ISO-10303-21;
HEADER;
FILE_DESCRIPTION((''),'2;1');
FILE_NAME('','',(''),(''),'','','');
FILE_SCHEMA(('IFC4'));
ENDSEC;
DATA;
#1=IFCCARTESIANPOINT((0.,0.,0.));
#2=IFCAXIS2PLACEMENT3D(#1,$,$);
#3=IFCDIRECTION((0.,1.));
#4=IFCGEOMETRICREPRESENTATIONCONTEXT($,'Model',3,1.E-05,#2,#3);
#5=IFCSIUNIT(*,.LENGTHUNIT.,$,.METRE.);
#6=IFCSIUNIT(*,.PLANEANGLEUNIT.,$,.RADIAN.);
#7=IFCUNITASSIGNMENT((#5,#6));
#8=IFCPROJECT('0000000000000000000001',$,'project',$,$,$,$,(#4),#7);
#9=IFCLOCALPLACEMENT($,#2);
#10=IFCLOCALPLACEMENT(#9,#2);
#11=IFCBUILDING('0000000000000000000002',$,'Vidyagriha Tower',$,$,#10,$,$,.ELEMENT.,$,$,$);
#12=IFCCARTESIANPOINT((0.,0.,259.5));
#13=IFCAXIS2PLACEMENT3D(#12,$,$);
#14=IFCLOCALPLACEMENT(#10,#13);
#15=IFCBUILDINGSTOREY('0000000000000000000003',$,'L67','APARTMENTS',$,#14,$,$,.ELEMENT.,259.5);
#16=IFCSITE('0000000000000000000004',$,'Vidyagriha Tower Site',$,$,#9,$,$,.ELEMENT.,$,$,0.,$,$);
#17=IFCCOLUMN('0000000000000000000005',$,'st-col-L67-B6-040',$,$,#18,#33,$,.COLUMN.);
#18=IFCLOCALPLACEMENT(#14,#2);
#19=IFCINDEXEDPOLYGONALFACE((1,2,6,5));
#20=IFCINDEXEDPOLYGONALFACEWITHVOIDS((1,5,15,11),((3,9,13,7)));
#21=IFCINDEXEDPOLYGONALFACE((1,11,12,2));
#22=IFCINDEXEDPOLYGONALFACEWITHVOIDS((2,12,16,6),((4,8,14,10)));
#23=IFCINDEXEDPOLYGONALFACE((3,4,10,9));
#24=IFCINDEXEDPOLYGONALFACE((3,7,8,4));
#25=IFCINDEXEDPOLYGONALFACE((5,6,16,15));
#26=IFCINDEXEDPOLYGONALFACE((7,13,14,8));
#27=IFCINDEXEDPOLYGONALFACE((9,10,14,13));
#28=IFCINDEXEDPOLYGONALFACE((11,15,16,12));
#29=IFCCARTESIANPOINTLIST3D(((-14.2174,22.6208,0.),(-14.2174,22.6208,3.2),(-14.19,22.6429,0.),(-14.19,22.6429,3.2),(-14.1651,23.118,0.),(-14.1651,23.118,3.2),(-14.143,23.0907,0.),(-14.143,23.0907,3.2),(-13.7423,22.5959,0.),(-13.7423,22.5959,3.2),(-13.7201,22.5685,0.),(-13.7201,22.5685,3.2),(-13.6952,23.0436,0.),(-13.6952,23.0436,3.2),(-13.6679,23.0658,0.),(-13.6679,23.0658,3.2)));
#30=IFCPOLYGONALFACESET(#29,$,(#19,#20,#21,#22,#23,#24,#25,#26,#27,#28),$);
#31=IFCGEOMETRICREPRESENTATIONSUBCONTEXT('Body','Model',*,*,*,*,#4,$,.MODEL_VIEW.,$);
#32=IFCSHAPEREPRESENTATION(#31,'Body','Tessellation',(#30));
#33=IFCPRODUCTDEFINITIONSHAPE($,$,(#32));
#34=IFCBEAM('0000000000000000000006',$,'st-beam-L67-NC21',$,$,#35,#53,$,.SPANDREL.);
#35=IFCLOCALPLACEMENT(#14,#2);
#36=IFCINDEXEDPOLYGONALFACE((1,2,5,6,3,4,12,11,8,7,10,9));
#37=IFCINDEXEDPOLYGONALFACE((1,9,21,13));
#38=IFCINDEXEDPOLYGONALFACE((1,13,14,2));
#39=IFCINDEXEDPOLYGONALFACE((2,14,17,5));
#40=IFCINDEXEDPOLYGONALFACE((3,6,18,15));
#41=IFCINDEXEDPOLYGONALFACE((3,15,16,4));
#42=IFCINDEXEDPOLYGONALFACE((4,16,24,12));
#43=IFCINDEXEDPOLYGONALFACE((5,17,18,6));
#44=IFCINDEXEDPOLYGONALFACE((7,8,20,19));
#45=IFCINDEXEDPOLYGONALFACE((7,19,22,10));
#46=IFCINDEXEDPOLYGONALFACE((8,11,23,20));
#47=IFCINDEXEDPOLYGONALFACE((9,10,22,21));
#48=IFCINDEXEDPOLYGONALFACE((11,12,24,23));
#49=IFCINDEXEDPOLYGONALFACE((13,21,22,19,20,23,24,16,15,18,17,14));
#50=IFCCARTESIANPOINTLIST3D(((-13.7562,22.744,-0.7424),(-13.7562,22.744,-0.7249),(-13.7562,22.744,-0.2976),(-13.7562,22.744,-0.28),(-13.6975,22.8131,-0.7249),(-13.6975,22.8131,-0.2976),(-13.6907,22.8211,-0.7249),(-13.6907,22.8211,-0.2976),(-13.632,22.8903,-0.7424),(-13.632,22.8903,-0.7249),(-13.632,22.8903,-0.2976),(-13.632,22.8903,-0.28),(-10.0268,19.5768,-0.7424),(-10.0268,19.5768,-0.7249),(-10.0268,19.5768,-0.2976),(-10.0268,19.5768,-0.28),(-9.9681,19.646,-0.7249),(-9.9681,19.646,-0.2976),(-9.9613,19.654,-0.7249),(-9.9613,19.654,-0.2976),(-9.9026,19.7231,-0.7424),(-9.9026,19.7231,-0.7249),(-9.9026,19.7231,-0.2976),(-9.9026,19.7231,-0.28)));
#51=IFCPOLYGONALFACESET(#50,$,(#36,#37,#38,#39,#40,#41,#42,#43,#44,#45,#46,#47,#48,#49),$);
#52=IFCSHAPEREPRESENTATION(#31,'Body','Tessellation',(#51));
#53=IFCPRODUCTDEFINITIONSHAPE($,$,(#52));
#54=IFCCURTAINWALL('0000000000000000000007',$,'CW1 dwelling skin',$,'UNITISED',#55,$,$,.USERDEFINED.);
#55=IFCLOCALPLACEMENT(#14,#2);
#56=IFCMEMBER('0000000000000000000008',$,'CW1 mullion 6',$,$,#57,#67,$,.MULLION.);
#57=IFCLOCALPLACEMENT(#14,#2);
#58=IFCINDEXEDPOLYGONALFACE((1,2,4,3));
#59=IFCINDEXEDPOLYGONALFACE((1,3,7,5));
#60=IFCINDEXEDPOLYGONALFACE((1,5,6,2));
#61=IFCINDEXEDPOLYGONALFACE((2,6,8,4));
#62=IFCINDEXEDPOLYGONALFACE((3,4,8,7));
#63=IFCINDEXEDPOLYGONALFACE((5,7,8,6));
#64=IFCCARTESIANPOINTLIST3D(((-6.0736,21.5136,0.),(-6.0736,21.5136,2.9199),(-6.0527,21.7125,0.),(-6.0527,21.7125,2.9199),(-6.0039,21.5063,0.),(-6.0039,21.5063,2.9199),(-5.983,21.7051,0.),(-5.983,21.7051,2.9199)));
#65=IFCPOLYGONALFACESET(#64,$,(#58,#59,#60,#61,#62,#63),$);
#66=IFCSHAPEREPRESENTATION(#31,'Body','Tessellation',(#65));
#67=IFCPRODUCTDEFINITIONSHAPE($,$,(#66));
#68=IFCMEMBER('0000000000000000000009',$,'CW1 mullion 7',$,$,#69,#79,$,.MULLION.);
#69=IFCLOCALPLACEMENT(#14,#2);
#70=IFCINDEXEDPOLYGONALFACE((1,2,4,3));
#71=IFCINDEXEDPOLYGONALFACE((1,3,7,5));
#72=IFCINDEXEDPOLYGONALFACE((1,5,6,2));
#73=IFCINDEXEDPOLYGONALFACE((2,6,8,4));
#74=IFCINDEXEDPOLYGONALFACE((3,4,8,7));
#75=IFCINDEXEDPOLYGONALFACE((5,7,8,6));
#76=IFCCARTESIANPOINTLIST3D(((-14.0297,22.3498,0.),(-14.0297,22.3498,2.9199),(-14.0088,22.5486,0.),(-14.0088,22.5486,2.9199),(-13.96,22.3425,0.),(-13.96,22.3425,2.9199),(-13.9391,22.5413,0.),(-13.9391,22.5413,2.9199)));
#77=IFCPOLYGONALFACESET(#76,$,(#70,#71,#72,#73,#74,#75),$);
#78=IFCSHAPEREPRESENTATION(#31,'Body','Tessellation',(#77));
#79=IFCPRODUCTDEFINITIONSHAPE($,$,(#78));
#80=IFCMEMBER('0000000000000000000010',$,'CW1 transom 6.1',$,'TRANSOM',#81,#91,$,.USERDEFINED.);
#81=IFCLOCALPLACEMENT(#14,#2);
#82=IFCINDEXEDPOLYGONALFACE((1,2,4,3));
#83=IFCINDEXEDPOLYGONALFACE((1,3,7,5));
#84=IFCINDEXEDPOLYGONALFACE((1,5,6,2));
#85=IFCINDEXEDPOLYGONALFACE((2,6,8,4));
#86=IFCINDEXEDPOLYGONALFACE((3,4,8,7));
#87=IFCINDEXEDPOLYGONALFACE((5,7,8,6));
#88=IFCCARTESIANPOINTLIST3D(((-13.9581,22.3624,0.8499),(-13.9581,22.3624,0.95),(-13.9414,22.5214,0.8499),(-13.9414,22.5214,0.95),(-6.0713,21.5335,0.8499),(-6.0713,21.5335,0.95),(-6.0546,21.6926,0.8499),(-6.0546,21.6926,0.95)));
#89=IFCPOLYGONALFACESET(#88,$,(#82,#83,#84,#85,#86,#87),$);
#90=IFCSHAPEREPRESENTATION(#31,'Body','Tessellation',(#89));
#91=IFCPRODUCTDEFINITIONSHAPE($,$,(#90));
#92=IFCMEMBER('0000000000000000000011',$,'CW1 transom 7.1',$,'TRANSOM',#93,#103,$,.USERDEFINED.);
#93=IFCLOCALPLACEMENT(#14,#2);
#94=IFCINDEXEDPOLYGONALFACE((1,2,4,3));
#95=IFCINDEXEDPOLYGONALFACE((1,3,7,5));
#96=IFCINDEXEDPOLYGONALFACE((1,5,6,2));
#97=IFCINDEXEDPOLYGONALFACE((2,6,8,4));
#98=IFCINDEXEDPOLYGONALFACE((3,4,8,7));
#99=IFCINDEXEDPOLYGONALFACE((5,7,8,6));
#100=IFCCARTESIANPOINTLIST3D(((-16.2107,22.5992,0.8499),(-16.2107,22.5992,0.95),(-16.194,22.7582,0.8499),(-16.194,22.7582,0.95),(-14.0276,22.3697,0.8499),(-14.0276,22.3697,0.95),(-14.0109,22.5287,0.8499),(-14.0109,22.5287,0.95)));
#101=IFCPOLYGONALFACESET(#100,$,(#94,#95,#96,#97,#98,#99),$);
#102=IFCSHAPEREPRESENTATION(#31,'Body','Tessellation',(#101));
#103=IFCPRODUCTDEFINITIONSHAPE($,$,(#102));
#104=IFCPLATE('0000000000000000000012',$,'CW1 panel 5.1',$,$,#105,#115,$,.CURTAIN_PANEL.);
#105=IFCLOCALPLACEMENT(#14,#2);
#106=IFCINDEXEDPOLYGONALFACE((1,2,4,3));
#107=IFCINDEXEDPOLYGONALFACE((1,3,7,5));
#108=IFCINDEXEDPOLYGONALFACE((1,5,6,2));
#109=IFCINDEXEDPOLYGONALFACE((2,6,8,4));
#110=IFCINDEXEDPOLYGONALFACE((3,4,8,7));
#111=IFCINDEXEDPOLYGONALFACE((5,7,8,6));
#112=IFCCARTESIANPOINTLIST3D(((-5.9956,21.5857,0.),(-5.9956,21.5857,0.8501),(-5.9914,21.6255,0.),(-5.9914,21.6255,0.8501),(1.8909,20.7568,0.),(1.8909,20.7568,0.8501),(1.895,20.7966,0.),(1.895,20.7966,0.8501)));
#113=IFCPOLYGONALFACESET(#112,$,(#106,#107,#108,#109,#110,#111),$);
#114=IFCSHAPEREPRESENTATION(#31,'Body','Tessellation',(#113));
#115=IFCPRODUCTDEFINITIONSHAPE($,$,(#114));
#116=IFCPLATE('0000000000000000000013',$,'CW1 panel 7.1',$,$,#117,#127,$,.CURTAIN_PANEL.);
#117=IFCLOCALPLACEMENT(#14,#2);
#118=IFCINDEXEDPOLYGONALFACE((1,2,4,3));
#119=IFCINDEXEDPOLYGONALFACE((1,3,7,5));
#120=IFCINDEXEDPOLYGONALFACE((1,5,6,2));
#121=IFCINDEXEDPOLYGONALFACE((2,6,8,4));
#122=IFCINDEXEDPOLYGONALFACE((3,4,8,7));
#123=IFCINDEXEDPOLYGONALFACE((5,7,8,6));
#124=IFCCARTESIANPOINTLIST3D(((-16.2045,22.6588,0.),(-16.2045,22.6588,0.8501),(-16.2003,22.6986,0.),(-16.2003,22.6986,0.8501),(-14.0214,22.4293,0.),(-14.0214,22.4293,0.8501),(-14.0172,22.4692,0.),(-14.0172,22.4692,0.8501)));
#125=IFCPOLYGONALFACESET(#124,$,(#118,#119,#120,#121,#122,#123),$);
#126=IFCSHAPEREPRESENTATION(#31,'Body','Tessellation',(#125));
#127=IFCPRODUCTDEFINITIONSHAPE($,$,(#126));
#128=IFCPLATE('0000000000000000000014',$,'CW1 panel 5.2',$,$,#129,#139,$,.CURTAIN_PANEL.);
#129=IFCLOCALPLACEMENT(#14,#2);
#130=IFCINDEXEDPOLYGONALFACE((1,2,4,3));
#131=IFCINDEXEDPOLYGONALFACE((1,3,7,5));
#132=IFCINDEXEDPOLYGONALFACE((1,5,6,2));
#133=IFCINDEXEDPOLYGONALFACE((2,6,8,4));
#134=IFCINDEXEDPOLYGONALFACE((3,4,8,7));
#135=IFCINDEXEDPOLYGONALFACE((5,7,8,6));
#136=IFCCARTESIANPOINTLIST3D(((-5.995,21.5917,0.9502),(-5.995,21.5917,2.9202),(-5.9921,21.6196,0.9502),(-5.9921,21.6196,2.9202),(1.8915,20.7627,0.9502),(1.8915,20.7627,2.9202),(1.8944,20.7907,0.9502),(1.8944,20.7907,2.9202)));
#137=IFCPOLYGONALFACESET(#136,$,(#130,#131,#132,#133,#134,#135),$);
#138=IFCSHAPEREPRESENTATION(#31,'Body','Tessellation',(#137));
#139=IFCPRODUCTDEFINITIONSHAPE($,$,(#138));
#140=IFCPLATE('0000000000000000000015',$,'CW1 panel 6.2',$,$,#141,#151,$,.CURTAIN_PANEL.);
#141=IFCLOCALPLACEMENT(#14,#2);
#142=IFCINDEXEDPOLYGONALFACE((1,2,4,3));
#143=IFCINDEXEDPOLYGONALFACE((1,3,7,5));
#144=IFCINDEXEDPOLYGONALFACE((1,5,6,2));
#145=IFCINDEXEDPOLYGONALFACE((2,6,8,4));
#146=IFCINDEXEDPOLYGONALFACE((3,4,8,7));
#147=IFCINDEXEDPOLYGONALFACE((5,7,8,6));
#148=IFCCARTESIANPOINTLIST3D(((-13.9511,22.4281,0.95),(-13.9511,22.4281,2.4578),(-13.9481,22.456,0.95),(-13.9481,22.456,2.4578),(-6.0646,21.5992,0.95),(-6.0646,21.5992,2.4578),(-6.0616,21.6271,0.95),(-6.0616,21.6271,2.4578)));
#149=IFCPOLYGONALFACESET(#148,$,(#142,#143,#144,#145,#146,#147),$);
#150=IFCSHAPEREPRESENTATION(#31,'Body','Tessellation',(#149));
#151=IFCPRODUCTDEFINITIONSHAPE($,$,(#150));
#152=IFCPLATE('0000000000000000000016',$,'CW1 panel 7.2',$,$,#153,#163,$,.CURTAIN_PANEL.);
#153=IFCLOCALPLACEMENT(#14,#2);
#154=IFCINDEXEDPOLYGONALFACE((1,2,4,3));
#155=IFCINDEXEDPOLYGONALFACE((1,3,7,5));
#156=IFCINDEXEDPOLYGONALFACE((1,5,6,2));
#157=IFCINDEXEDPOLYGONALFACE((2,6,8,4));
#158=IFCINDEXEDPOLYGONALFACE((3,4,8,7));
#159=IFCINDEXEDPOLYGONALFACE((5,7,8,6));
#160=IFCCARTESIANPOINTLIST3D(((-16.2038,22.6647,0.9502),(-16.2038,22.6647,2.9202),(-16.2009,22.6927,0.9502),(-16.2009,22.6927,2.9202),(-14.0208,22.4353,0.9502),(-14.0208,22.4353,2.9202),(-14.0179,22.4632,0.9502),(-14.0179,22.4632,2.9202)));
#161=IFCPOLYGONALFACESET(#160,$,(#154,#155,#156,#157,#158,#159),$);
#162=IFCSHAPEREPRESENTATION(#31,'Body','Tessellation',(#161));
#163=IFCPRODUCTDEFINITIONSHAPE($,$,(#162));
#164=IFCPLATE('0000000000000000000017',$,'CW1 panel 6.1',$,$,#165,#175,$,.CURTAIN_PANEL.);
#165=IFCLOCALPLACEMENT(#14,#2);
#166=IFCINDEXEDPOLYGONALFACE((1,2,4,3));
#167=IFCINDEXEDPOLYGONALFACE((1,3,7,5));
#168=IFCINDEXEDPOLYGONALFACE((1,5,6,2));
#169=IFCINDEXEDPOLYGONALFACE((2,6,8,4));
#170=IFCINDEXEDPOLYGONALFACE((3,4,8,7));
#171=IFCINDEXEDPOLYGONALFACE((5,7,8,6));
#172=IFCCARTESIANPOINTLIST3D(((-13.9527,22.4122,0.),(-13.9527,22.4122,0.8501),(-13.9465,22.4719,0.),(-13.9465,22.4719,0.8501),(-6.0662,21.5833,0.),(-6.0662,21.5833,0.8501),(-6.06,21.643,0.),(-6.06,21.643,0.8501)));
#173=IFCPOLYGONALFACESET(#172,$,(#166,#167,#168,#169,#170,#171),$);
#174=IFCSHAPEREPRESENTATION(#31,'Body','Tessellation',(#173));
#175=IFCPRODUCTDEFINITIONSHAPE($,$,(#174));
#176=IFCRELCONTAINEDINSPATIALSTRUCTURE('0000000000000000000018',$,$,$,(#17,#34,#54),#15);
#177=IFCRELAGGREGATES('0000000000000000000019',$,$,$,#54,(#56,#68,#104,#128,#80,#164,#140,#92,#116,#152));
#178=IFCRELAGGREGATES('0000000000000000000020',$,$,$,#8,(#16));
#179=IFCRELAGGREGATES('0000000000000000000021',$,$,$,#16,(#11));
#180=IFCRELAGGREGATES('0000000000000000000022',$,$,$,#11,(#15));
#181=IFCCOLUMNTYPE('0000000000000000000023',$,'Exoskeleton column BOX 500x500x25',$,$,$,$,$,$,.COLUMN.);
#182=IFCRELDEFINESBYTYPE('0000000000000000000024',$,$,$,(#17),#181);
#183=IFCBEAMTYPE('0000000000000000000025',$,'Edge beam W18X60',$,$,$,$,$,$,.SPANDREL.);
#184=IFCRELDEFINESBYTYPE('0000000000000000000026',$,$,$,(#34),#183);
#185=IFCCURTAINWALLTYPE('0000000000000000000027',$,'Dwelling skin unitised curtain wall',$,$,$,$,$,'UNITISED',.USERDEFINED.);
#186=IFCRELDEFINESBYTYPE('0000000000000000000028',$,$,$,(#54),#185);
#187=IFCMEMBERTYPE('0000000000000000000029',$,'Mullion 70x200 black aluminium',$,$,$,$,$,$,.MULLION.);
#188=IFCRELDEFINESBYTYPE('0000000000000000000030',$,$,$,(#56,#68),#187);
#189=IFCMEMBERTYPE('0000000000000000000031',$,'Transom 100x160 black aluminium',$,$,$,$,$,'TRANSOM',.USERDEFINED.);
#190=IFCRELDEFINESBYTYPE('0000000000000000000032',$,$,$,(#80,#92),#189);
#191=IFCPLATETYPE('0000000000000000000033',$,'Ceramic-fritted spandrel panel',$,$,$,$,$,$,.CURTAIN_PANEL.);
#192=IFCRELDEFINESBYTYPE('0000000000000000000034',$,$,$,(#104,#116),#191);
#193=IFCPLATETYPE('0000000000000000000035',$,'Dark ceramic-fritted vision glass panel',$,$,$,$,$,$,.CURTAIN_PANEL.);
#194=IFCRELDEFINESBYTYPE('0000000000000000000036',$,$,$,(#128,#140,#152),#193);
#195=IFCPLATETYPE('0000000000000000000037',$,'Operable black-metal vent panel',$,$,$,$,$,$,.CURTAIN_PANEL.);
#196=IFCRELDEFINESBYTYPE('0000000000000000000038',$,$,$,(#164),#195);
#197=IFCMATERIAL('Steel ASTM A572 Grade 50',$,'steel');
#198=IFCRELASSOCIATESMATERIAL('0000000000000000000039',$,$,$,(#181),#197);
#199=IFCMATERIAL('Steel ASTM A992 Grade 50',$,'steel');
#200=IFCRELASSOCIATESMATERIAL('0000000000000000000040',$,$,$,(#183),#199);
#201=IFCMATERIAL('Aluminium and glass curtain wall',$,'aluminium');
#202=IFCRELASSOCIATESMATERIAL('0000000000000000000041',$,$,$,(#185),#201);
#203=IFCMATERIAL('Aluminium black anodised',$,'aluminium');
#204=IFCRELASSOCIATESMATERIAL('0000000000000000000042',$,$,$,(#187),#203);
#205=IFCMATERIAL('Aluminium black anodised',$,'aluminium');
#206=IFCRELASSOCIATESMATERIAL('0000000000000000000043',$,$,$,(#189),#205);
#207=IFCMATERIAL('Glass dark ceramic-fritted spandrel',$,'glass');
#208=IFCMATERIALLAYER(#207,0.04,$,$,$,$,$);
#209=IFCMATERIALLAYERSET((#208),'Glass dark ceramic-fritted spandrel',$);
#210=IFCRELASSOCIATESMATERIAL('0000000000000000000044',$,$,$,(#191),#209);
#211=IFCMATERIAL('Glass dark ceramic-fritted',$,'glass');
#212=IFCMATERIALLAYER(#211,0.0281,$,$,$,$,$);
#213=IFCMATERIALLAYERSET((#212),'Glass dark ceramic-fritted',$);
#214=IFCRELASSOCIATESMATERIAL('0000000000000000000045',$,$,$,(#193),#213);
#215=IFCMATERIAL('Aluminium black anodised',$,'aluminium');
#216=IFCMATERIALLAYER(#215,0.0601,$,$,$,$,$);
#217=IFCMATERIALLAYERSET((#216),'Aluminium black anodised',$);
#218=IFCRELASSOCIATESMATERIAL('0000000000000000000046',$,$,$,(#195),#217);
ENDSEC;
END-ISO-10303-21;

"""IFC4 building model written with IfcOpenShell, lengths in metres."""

from ifc_helpers import new_model, si_unit, direction, frame, origin, origin_2d, place, context, subcontext, project, spatial, rectangle, hollow_rectangle, i_section, extrude, material, layer, layer_set, material_profile, profile_set, type_object, element, aggregate, save


model = new_model("IFC4")

# Units and contexts
model_context = context("Model", 3, precision=1e-05, world=origin(), true_north=direction((0.0, 1.0)))
body_context = subcontext(model_context, "Body", "Model", "MODEL_VIEW")
ifc_project = project(units=[si_unit("LENGTHUNIT", "METRE"), si_unit("PLANEANGLEUNIT", "RADIAN")], contexts=[model_context])

# Site, building, storey
site_placement = place(None, origin())
site = spatial("IfcSite", under=ifc_project, at=site_placement, Name="Vidyagriha Tower Site", CompositionType="ELEMENT", RefElevation=0.0)
building_placement = place(site_placement, origin())
building = spatial("IfcBuilding", under=site, at=building_placement, Name="Vidyagriha Tower", CompositionType="ELEMENT")
storey_placement = place(building_placement, frame((0.0, 0.0, 259.5)))
storey = spatial("IfcBuildingStorey", under=building, at=storey_placement, Name="L67", Description="APARTMENTS", CompositionType="ELEMENT", Elevation=259.5)

# Column
ifc_material_1 = material(Name="Steel ASTM A572 Grade 50", Category="steel")
ifc_material_profile_1 = material_profile(ifc_material_1, hollow_rectangle(XDim=0.5, YDim=0.5, WallThickness=0.0249, at=origin_2d()), Name="BOX 500x500x25")
ifc_profile_set_1 = profile_set([ifc_material_profile_1], Name="Steel ASTM A572 Grade 50")
column_type = type_object("IfcColumnType", Name="Exoskeleton column BOX 500x500x25", PredefinedType="COLUMN", material=ifc_profile_set_1)
column_placement = place(storey_placement, frame((-13.9426, 22.8433, 0.0), z_axis=(0.0, 0.0, 1.0), x_axis=(0.994522, -0.104528, 0.0)))
element("IfcColumn", 1, at=column_placement, inside=storey, type_object=column_type, Name="st-col-L67-B6-040", PredefinedType="COLUMN", context=body_context, shape_type="SweptSolid", body=[
    extrude(hollow_rectangle(XDim=0.5, YDim=0.5, WallThickness=0.0249, at=origin_2d()), origin(), (0.0, 0.0, 1.0), 3.2),
])

# Beam
ifc_material_2 = material(Name="Steel ASTM A992 Grade 50", Category="steel")
ifc_material_profile_2 = material_profile(ifc_material_2, i_section(OverallWidth=0.1919, OverallDepth=0.4624, WebThickness=0.0105, FlangeThickness=0.0176, at=origin_2d()), Name="W18X60")
ifc_profile_set_2 = profile_set([ifc_material_profile_2], Name="Steel ASTM A992 Grade 50")
beam_type = type_object("IfcBeamType", Name="Edge beam W18X60", PredefinedType="SPANDREL", material=ifc_profile_set_2)
beam_placement = place(storey_placement, frame((-13.6941, 22.8171, -0.5112), z_axis=(0.762225, -0.647312, 0.0), x_axis=(0.647312, 0.762225, 0.0)))
element("IfcBeam", 2, at=beam_placement, inside=storey, type_object=beam_type, Name="st-beam-L67-NC21", PredefinedType="SPANDREL", context=body_context, shape_type="SweptSolid", body=[
    extrude(i_section(OverallWidth=0.1919, OverallDepth=0.4624, WebThickness=0.0105, FlangeThickness=0.0176, at=origin_2d()), origin(), (0.0, 0.0, 1.0), 4.8928),
])

# Curtain wall, members, plates
ifc_material_3 = material(Name="Aluminium and glass curtain wall", Category="aluminium")
curtain_wall_type = type_object("IfcCurtainWallType", Name="Dwelling skin unitised curtain wall", ElementType="UNITISED", PredefinedType="USERDEFINED", material=ifc_material_3)
curtain_wall_placement = place(storey_placement, origin())
curtain_wall = element("IfcCurtainWall", 3, at=curtain_wall_placement, inside=storey, type_object=curtain_wall_type, Name="CW1 dwelling skin", ObjectType="UNITISED", PredefinedType="USERDEFINED")
ifc_material_4 = material(Name="Aluminium black anodised", Category="aluminium")
ifc_material_profile_3 = material_profile(ifc_material_4, rectangle(XDim=0.2, YDim=0.0701, at=origin_2d()), Name="Mullion 70x200 black aluminium")
ifc_profile_set_3 = profile_set([ifc_material_profile_3], Name="Aluminium black anodised")
member_type_1 = type_object("IfcMemberType", Name="Mullion 70x200 black aluminium", PredefinedType="MULLION", material=ifc_profile_set_3)
member_1_placement = place(storey_placement, frame((-6.0283, 21.6094, 0.0), z_axis=(0.0, 0.0, 1.0), x_axis=(-0.104529, -0.994522, 0.0)))
member_1 = element("IfcMember", 4, at=member_1_placement, type_object=member_type_1, Name="CW1 mullion 6", PredefinedType="MULLION", context=body_context, shape_type="SweptSolid", body=[
    extrude(rectangle(XDim=0.2, YDim=0.0701, at=origin_2d()), origin(), (0.0, 0.0, 1.0), 2.9199),
])
member_2_placement = place(storey_placement, frame((-13.9844, 22.4456, 0.0), z_axis=(0.0, 0.0, 1.0), x_axis=(-0.104529, -0.994522, 0.0)))
member_2 = element("IfcMember", 5, at=member_2_placement, type_object=member_type_1, Name="CW1 mullion 7", PredefinedType="MULLION", context=body_context, shape_type="SweptSolid", body=[
    extrude(rectangle(XDim=0.2, YDim=0.0701, at=origin_2d()), origin(), (0.0, 0.0, 1.0), 2.9199),
])
ifc_material_5 = material(Name="Aluminium black anodised", Category="aluminium")
ifc_material_profile_4 = material_profile(ifc_material_5, rectangle(XDim=0.1599, YDim=0.1001, at=origin_2d()), Name="Transom 100x160 black aluminium")
ifc_profile_set_4 = profile_set([ifc_material_profile_4], Name="Aluminium black anodised")
member_type_2 = type_object("IfcMemberType", Name="Transom 100x160 black aluminium", ElementType="TRANSOM", PredefinedType="USERDEFINED", material=ifc_profile_set_4)
member_3_placement = place(storey_placement, frame((-6.063, 21.613, 0.8999), z_axis=(-0.994523, 0.10452, 0.0), x_axis=(-0.10452, -0.994523, 0.0)))
member_3 = element("IfcMember", 6, at=member_3_placement, type_object=member_type_2, Name="CW1 transom 6.1", ObjectType="TRANSOM", PredefinedType="USERDEFINED", context=body_context, shape_type="SweptSolid", body=[
    extrude(rectangle(XDim=0.1599, YDim=0.1001, at=origin_2d()), origin(), (0.0, 0.0, 1.0), 7.9302),
])
member_4_placement = place(storey_placement, frame((-14.0193, 22.4492, 0.8999), z_axis=(-0.99452, 0.104546, 0.0), x_axis=(-0.104546, -0.99452, 0.0)))
member_4 = element("IfcMember", 7, at=member_4_placement, type_object=member_type_2, Name="CW1 transom 7.1", ObjectType="TRANSOM", PredefinedType="USERDEFINED", context=body_context, shape_type="SweptSolid", body=[
    extrude(rectangle(XDim=0.1599, YDim=0.1001, at=origin_2d()), origin(), (0.0, 0.0, 1.0), 2.1951),
])
ifc_material_6 = material(Name="Glass dark ceramic-fritted spandrel", Category="glass")
ifc_layer_1 = layer(ifc_material_6, 0.04)
ifc_layer_set_1 = layer_set([ifc_layer_1], Name="Glass dark ceramic-fritted spandrel")
plate_type_1 = type_object("IfcPlateType", Name="Ceramic-fritted spandrel panel", PredefinedType="CURTAIN_PANEL", material=ifc_layer_set_1)
plate_1_placement = place(storey_placement, frame((-2.0503, 21.1912, 0.0), z_axis=(0.0, 0.0, 1.0), x_axis=(-0.994522, 0.104529, 0.0)))
plate_1 = element("IfcPlate", 8, at=plate_1_placement, type_object=plate_type_1, Name="CW1 panel 5.1", PredefinedType="CURTAIN_PANEL", context=body_context, shape_type="SweptSolid", body=[
    extrude(rectangle(XDim=7.9299, YDim=0.04, at=origin_2d()), origin(), (0.0, 0.0, 1.0), 0.8501),
])
plate_2_placement = place(storey_placement, frame((-15.1108, 22.564, 0.0), z_axis=(0.0, 0.0, 1.0), x_axis=(-0.994522, 0.104529, 0.0)))
plate_2 = element("IfcPlate", 9, at=plate_2_placement, type_object=plate_type_1, Name="CW1 panel 7.1", PredefinedType="CURTAIN_PANEL", context=body_context, shape_type="SweptSolid", body=[
    extrude(rectangle(XDim=2.1951, YDim=0.04, at=origin_2d()), origin(), (0.0, 0.0, 1.0), 0.8501),
])
ifc_material_7 = material(Name="Glass dark ceramic-fritted", Category="glass")
ifc_layer_2 = layer(ifc_material_7, 0.0281)
ifc_layer_set_2 = layer_set([ifc_layer_2], Name="Glass dark ceramic-fritted")
plate_type_2 = type_object("IfcPlateType", Name="Dark ceramic-fritted vision glass panel", PredefinedType="CURTAIN_PANEL", material=ifc_layer_set_2)
plate_3_placement = place(storey_placement, frame((-2.0503, 21.1912, 0.9502), z_axis=(0.0, 0.0, 1.0), x_axis=(-0.994522, 0.104529, 0.0)))
plate_3 = element("IfcPlate", 10, at=plate_3_placement, type_object=plate_type_2, Name="CW1 panel 5.2", PredefinedType="CURTAIN_PANEL", context=body_context, shape_type="SweptSolid", body=[
    extrude(rectangle(XDim=7.9299, YDim=0.0281, at=origin_2d()), origin(), (0.0, 0.0, 1.0), 1.97),
])
plate_4_placement = place(storey_placement, frame((-10.0063, 22.0276, 0.95), z_axis=(0.0, 0.0, 1.0), x_axis=(-0.994522, 0.104529, 0.0)))
plate_4 = element("IfcPlate", 11, at=plate_4_placement, type_object=plate_type_2, Name="CW1 panel 6.2", PredefinedType="CURTAIN_PANEL", context=body_context, shape_type="SweptSolid", body=[
    extrude(rectangle(XDim=7.9299, YDim=0.0281, at=origin_2d()), origin(), (0.0, 0.0, 1.0), 1.5078),
])
plate_5_placement = place(storey_placement, frame((-15.1108, 22.564, 0.9502), z_axis=(0.0, 0.0, 1.0), x_axis=(-0.994522, 0.104529, 0.0)))
plate_5 = element("IfcPlate", 12, at=plate_5_placement, type_object=plate_type_2, Name="CW1 panel 7.2", PredefinedType="CURTAIN_PANEL", context=body_context, shape_type="SweptSolid", body=[
    extrude(rectangle(XDim=2.1951, YDim=0.0281, at=origin_2d()), origin(), (0.0, 0.0, 1.0), 1.97),
])
ifc_material_8 = material(Name="Aluminium black anodised", Category="aluminium")
ifc_layer_3 = layer(ifc_material_8, 0.0601)
ifc_layer_set_3 = layer_set([ifc_layer_3], Name="Aluminium black anodised")
plate_type_3 = type_object("IfcPlateType", Name="Operable black-metal vent panel", PredefinedType="CURTAIN_PANEL", material=ifc_layer_set_3)
plate_6_placement = place(storey_placement, frame((-10.0063, 22.0276, 0.0), z_axis=(0.0, 0.0, 1.0), x_axis=(-0.994522, 0.104529, 0.0)))
plate_6 = element("IfcPlate", 13, at=plate_6_placement, type_object=plate_type_3, Name="CW1 panel 6.1", PredefinedType="CURTAIN_PANEL", context=body_context, shape_type="SweptSolid", body=[
    extrude(rectangle(XDim=7.9299, YDim=0.0601, at=origin_2d()), origin(), (0.0, 0.0, 1.0), 0.8501),
])
aggregate(curtain_wall, [member_1, member_2, plate_1, plate_3, member_3, plate_6, plate_4, member_4, plate_2, plate_5])

save(model, "model.ifc")
